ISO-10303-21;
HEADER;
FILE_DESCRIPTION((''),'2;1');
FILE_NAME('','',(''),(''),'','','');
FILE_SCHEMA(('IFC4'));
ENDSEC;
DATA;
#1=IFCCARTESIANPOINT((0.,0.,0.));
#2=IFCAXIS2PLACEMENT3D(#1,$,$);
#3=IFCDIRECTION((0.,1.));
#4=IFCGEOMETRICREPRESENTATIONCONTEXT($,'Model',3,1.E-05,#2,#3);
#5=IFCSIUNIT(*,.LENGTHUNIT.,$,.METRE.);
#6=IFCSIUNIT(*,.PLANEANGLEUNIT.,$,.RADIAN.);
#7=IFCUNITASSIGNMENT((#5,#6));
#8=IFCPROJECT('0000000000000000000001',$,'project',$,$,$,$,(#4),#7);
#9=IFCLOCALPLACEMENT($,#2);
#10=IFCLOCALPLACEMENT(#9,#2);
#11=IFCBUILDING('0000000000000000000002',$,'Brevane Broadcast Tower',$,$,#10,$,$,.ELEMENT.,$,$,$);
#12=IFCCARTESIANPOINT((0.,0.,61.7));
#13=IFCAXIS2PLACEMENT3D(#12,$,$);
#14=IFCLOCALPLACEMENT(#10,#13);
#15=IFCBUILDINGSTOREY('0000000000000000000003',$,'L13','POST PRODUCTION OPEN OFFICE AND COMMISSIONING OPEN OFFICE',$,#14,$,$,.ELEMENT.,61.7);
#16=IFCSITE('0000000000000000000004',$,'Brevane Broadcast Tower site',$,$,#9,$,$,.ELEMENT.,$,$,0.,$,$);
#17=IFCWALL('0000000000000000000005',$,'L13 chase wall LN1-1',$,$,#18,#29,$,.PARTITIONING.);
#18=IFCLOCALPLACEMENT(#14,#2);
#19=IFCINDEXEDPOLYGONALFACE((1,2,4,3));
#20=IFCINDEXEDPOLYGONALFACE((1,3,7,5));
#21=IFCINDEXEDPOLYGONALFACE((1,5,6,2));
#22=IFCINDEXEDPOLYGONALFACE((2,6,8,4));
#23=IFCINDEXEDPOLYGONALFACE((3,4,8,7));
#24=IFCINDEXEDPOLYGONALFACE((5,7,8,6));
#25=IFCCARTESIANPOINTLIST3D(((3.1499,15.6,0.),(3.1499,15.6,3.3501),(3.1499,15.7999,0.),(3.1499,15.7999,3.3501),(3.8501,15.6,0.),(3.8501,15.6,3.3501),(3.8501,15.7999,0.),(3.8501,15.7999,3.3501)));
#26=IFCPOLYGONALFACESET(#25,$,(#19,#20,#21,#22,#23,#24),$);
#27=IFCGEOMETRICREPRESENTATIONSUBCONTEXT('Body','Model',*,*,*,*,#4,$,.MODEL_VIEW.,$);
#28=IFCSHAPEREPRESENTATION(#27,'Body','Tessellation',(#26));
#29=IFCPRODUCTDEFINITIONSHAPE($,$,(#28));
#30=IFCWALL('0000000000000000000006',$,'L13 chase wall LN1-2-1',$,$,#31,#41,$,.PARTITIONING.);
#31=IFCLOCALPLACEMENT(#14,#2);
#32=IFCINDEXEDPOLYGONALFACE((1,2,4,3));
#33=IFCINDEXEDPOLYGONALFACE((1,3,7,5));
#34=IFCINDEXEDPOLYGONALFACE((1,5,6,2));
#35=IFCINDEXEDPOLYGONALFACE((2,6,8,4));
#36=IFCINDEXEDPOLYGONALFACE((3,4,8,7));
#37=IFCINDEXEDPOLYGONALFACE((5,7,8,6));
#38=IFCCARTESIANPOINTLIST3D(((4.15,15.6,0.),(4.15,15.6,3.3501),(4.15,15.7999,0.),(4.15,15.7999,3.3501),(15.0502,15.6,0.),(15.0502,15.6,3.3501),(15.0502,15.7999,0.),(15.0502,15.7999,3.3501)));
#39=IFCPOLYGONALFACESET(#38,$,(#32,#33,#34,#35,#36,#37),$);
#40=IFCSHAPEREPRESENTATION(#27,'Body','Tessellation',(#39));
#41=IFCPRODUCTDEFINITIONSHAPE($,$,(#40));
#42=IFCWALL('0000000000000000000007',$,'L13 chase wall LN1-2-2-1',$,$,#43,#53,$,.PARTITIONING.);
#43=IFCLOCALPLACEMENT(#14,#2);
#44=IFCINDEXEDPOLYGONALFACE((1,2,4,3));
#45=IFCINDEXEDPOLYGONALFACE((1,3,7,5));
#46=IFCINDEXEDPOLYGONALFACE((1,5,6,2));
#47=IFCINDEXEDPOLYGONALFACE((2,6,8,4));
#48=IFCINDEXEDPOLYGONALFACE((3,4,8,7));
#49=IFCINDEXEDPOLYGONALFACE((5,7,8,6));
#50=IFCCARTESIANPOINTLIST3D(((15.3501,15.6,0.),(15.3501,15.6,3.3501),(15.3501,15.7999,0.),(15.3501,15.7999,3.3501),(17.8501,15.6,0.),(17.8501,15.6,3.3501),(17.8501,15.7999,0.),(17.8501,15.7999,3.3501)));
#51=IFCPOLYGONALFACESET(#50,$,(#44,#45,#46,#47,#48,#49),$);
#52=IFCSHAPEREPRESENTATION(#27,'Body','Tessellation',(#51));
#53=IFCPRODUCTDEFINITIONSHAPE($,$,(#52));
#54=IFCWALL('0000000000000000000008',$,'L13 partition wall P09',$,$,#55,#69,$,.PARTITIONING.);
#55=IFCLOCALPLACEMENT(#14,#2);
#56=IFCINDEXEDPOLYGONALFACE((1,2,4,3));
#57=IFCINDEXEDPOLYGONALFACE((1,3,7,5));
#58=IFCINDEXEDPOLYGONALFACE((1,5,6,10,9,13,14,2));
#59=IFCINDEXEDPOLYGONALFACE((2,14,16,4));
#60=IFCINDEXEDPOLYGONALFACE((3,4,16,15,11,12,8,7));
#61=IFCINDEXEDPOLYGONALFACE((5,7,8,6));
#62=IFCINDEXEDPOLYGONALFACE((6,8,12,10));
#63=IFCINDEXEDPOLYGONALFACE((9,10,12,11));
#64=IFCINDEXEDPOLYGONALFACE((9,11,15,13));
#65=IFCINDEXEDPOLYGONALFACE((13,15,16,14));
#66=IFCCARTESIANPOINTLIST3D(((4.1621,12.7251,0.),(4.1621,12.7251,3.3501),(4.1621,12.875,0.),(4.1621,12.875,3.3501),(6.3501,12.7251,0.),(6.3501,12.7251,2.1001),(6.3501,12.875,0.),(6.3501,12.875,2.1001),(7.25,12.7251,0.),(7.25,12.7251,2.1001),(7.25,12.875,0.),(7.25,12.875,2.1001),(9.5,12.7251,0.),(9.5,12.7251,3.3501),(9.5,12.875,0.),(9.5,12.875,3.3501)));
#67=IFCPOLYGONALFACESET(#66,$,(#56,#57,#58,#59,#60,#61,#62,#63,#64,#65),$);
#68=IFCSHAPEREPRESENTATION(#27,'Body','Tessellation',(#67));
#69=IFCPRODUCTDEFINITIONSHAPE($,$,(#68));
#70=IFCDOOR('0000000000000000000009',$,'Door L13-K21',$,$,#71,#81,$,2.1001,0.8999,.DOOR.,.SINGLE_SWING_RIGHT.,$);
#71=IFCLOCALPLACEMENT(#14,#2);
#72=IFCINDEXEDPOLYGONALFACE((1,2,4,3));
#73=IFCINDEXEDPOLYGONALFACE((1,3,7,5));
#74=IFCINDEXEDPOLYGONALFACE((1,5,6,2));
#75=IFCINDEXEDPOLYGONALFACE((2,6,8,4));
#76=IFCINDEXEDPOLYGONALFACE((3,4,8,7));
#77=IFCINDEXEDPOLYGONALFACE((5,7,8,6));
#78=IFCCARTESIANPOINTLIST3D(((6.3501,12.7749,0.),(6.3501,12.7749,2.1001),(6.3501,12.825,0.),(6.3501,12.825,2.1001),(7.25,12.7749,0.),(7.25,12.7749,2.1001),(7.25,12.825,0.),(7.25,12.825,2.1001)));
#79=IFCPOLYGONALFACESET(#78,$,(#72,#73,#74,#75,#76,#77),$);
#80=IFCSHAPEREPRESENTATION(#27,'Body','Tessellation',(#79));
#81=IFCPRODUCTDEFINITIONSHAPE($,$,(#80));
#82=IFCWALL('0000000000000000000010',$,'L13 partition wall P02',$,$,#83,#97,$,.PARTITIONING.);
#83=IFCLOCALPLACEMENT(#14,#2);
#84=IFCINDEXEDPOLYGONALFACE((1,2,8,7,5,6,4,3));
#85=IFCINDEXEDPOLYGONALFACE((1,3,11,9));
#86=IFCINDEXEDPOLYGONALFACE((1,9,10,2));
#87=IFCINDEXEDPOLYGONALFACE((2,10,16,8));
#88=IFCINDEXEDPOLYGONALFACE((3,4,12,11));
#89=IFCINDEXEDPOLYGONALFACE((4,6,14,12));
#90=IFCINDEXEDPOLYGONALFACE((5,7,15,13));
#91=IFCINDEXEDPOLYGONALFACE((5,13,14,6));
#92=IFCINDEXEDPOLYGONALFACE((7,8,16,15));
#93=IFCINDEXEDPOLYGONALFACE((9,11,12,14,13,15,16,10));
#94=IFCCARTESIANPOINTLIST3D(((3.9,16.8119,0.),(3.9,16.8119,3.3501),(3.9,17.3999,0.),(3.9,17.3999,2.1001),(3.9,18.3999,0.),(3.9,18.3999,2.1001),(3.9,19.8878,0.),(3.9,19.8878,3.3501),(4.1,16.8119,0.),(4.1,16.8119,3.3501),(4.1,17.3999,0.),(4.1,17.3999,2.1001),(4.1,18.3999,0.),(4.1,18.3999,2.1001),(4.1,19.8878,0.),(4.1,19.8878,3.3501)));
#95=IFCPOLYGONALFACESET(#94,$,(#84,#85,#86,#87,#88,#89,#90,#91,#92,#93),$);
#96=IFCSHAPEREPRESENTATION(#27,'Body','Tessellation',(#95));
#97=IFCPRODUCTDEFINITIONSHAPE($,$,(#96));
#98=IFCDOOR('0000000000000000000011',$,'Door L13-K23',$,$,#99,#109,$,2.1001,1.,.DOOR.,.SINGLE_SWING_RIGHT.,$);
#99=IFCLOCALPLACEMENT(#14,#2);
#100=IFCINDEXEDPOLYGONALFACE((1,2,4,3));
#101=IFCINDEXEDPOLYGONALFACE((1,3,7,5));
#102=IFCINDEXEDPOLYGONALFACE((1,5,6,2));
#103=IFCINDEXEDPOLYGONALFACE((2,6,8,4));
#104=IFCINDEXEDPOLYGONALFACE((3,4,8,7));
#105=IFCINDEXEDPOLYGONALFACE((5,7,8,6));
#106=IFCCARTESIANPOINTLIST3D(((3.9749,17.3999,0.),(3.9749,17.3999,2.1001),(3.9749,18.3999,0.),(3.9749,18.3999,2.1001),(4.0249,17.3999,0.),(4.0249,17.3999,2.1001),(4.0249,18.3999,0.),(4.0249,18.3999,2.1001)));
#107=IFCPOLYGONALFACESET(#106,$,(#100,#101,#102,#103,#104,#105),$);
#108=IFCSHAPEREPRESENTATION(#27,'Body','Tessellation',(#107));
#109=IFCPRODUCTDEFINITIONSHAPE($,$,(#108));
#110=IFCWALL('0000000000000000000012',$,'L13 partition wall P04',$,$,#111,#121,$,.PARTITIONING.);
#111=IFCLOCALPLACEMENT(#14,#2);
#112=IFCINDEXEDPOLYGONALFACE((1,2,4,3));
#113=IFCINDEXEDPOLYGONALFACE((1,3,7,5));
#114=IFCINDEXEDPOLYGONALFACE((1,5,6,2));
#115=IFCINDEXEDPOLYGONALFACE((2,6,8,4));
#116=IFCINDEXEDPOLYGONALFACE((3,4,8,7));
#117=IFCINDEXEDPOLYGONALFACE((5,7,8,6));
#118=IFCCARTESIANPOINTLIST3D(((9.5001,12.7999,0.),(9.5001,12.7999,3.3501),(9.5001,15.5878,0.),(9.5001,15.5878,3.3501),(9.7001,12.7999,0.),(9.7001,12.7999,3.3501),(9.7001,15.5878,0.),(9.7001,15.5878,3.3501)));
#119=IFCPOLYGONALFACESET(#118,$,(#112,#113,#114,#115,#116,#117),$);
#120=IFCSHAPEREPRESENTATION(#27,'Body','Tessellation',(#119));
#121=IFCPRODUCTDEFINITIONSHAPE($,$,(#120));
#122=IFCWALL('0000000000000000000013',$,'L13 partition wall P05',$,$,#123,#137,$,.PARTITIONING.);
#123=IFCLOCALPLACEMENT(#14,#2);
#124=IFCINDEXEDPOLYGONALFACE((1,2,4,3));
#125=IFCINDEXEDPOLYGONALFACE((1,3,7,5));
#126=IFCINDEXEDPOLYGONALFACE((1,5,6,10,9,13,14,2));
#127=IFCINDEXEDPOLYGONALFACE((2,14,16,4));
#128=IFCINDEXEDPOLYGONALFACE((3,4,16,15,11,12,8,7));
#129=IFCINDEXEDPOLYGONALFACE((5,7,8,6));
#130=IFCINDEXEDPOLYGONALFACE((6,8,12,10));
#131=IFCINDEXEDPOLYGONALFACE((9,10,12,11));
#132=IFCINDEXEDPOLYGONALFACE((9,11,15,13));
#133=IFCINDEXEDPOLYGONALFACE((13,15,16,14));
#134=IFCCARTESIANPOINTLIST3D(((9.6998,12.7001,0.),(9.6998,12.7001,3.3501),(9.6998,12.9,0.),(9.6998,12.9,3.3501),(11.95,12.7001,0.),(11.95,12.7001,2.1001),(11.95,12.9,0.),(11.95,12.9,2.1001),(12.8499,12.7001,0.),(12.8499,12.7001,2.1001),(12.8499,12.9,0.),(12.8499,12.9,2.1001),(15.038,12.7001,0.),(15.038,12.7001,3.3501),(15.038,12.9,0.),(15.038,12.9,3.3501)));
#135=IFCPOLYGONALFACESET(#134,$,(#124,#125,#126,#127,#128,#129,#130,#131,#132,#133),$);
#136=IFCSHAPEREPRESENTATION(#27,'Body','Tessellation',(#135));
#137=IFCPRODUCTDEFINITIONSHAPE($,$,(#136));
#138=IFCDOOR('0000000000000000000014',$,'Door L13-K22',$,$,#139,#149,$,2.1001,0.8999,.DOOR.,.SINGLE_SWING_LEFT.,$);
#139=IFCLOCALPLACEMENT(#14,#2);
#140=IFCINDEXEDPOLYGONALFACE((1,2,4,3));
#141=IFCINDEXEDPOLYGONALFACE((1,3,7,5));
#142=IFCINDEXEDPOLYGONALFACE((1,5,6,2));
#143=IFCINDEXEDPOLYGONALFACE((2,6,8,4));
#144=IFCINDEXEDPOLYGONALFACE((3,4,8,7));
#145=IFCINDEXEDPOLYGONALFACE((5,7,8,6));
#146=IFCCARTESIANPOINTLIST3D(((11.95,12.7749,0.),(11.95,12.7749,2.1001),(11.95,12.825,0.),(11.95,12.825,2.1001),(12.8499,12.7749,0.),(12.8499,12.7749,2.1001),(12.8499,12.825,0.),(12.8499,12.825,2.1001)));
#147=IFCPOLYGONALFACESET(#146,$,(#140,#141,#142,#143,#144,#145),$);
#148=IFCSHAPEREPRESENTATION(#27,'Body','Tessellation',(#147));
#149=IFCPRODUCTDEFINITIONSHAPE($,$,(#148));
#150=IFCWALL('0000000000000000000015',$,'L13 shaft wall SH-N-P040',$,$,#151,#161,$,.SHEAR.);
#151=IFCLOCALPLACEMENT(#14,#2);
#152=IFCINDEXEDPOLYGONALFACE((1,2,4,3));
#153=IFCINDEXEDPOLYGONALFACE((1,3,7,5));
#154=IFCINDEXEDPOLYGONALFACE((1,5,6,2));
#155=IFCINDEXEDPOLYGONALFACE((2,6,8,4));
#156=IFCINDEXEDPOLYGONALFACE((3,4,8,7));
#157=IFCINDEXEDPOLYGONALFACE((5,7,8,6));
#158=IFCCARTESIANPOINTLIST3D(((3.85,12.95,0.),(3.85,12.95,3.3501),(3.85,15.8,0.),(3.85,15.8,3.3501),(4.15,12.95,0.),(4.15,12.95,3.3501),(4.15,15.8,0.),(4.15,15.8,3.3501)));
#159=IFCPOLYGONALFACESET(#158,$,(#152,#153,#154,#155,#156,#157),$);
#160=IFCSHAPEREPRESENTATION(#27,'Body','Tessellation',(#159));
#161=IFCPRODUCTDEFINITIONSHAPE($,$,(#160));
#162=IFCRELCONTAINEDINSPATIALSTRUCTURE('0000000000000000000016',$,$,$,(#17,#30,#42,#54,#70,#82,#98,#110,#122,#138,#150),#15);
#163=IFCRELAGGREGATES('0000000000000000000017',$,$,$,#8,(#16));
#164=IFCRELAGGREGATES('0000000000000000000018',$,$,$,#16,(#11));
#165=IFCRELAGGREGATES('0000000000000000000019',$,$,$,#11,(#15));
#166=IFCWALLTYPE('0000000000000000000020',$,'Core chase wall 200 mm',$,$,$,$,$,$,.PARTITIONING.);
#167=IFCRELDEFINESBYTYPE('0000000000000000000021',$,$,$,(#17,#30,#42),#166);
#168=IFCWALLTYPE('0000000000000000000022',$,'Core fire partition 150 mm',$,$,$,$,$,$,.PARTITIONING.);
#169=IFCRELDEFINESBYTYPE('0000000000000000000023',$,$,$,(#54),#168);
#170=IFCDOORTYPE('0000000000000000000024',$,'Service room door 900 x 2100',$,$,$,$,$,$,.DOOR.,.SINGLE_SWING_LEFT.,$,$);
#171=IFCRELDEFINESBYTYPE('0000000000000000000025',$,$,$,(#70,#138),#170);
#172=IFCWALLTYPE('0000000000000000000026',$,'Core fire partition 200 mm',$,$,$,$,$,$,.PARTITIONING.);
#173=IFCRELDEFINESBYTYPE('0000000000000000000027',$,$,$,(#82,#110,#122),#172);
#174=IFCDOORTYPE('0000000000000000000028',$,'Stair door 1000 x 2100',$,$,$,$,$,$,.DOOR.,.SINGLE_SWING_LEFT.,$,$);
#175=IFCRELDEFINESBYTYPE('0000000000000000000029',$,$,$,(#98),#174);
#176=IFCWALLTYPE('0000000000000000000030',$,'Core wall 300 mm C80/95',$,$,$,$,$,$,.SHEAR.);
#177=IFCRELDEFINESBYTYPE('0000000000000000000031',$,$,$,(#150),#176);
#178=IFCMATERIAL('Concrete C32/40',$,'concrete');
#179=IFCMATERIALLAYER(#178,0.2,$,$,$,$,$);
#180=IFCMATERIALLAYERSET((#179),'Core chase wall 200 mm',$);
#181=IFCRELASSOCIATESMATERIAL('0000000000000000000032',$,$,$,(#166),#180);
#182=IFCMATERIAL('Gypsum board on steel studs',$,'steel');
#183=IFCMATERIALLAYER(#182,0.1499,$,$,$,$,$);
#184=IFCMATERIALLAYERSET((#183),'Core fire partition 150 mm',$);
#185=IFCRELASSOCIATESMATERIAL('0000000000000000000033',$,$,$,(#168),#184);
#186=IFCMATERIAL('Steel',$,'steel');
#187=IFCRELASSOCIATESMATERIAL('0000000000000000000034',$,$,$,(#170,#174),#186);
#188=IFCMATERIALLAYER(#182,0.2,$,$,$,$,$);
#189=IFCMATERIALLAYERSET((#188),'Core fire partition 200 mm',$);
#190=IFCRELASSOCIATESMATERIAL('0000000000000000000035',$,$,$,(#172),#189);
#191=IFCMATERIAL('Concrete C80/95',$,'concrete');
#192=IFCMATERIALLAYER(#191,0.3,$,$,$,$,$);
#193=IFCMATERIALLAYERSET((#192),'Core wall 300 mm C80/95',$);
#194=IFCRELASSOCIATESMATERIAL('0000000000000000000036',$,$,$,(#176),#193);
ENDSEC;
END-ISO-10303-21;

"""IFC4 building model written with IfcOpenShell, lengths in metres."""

from ifc_helpers import new_model, si_unit, direction, frame, frame_2d, origin, place, context, subcontext, project, spatial, rectangle, extrude, material, layer, layer_set, type_object, element, fill, save


model = new_model("IFC4")

# Units and contexts
model_context = context("Model", 3, precision=1e-05, world=origin(), true_north=direction((0.0, 1.0)))
body_context = subcontext(model_context, "Body", "Model", "MODEL_VIEW")
ifc_project = project(units=[si_unit("LENGTHUNIT", "METRE"), si_unit("PLANEANGLEUNIT", "RADIAN")], contexts=[model_context])

# Site, building, storey
site_placement = place(None, origin())
site = spatial("IfcSite", under=ifc_project, at=site_placement, Name="Brevane Broadcast Tower site", CompositionType="ELEMENT", RefElevation=0.0)
building_placement = place(site_placement, origin())
building = spatial("IfcBuilding", under=site, at=building_placement, Name="Brevane Broadcast Tower", CompositionType="ELEMENT")
storey_placement = place(building_placement, frame((0.0, 0.0, 61.7)))
storey = spatial("IfcBuildingStorey", under=building, at=storey_placement, Name="L13", Description="POST PRODUCTION OPEN OFFICE AND COMMISSIONING OPEN OFFICE", CompositionType="ELEMENT", Elevation=61.7)

# Walls
ifc_material_1 = material(Name="Concrete C32/40", Category="concrete")
ifc_layer_1 = layer(ifc_material_1, 0.2)
ifc_layer_set_1 = layer_set([ifc_layer_1], Name="Core chase wall 200 mm")
wall_type_1 = type_object("IfcWallType", Name="Core chase wall 200 mm", PredefinedType="PARTITIONING", material=ifc_layer_set_1)
wall_1_placement = place(storey_placement, frame((3.1499, 15.7, 0.0), z_axis=(0.0, 0.0, 1.0), x_axis=(1.0, 0.0, 0.0)))
element("IfcWall", 1, at=wall_1_placement, inside=storey, type_object=wall_type_1, Name="L13 chase wall LN1-1", PredefinedType="PARTITIONING", context=body_context, shape_type="SweptSolid", body=[
    extrude(rectangle(XDim=0.7002, YDim=0.2, at=frame_2d((0.3501, 0.0))), origin(), (0.0, 0.0, 1.0), 3.3501),
])
wall_2_placement = place(storey_placement, frame((4.1499, 15.7, 0.0), z_axis=(0.0, 0.0, 1.0), x_axis=(1.0, 0.0, 0.0)))
element("IfcWall", 2, at=wall_2_placement, inside=storey, type_object=wall_type_1, Name="L13 chase wall LN1-2-1", PredefinedType="PARTITIONING", context=body_context, shape_type="SweptSolid", body=[
    extrude(rectangle(XDim=10.9001, YDim=0.2, at=frame_2d((5.4502, 0.0))), origin(), (0.0, 0.0, 1.0), 3.3501),
])
wall_3_placement = place(storey_placement, frame((15.3501, 15.7, 0.0), z_axis=(0.0, 0.0, 1.0), x_axis=(1.0, 0.0, 0.0)))
element("IfcWall", 3, at=wall_3_placement, inside=storey, type_object=wall_type_1, Name="L13 chase wall LN1-2-2-1", PredefinedType="PARTITIONING", context=body_context, shape_type="SweptSolid", body=[
    extrude(rectangle(XDim=2.5, YDim=0.2, at=frame_2d((1.25, 0.0))), origin(), (0.0, 0.0, 1.0), 3.3501),
])

# Walls, openings, doors
ifc_material_2 = material(Name="Gypsum board on steel studs", Category="steel")
ifc_layer_2 = layer(ifc_material_2, 0.1499)
ifc_layer_set_2 = layer_set([ifc_layer_2], Name="Core fire partition 150 mm")
wall_type_2 = type_object("IfcWallType", Name="Core fire partition 150 mm", PredefinedType="PARTITIONING", material=ifc_layer_set_2)
wall_4_placement = place(storey_placement, frame((4.1621, 12.8, 0.0), z_axis=(0.0, 0.0, 1.0), x_axis=(1.0, 0.0, 0.0)))
wall_4 = element("IfcWall", 4, at=wall_4_placement, inside=storey, type_object=wall_type_2, Name="L13 partition wall P09", PredefinedType="PARTITIONING", context=body_context, shape_type="SweptSolid", body=[
    extrude(rectangle(XDim=5.3379, YDim=0.1499, at=frame_2d((2.6689, 0.0))), origin(), (0.0, 0.0, 1.0), 3.3501),
])
opening_1_placement = place(wall_4_placement, frame((2.188, 0.0, 0.0)))
opening_1 = element("IfcOpeningElement", 5, at=opening_1_placement, cuts=wall_4, PredefinedType="OPENING", context=body_context, shape_type="SweptSolid", body=[
    extrude(rectangle(XDim=0.8999, YDim=2.1001, at=frame_2d((0.45, 1.05))), frame((0.0, 0.085, 0.0), z_axis=(0.0, -1.0, 0.0), x_axis=(1.0, 0.0, 0.0)), (0.0, 0.0, 1.0), 0.1699),
])
ifc_material_3 = material(Name="Steel", Category="steel")
door_type_1 = type_object("IfcDoorType", Name="Service room door 900 x 2100", OperationType="SINGLE_SWING_LEFT", PredefinedType="DOOR", material=ifc_material_3)
door_1_placement = place(opening_1_placement, origin())
door_1 = element("IfcDoor", 6, at=door_1_placement, inside=storey, type_object=door_type_1, Name="Door L13-K21", OperationType="SINGLE_SWING_RIGHT", OverallHeight=2.1001, OverallWidth=0.8999, PredefinedType="DOOR", context=body_context, shape_type="SweptSolid", body=[
    extrude(rectangle(XDim=0.8999, YDim=2.1001, at=frame_2d((0.45, 1.05))), frame((0.0, 0.0249, 0.0), z_axis=(0.0, -1.0, 0.0), x_axis=(1.0, 0.0, 0.0)), (0.0, 0.0, 1.0), 0.05),
])
fill(opening_1, door_1)
ifc_layer_3 = layer(ifc_material_2, 0.2)
ifc_layer_set_3 = layer_set([ifc_layer_3], Name="Core fire partition 200 mm")
wall_type_3 = type_object("IfcWallType", Name="Core fire partition 200 mm", PredefinedType="PARTITIONING", material=ifc_layer_set_3)
wall_5_placement = place(storey_placement, frame((4.0, 19.8879, 0.0), z_axis=(0.0, 0.0, 1.0), x_axis=(0.0, -1.0, 0.0)))
wall_5 = element("IfcWall", 7, at=wall_5_placement, inside=storey, type_object=wall_type_3, Name="L13 partition wall P02", PredefinedType="PARTITIONING", context=body_context, shape_type="SweptSolid", body=[
    extrude(rectangle(XDim=3.0759, YDim=0.2, at=frame_2d((1.5381, 0.0))), origin(), (0.0, 0.0, 1.0), 3.3501),
])
opening_2_placement = place(wall_5_placement, frame((1.488, 0.0, 0.0)))
opening_2 = element("IfcOpeningElement", 8, at=opening_2_placement, cuts=wall_5, PredefinedType="OPENING", context=body_context, shape_type="SweptSolid", body=[
    extrude(rectangle(XDim=1.0, YDim=2.1001, at=frame_2d((0.5, 1.05))), frame((0.0, 0.1099, 0.0), z_axis=(0.0, -1.0, 0.0), x_axis=(1.0, 0.0, 0.0)), (0.0, 0.0, 1.0), 0.22),
])
door_type_2 = type_object("IfcDoorType", Name="Stair door 1000 x 2100", OperationType="SINGLE_SWING_LEFT", PredefinedType="DOOR", material=ifc_material_3)
door_2_placement = place(opening_2_placement, origin())
door_2 = element("IfcDoor", 9, at=door_2_placement, inside=storey, type_object=door_type_2, Name="Door L13-K23", OperationType="SINGLE_SWING_RIGHT", OverallHeight=2.1001, OverallWidth=1.0, PredefinedType="DOOR", context=body_context, shape_type="SweptSolid", body=[
    extrude(rectangle(XDim=1.0, YDim=2.1001, at=frame_2d((0.5, 1.05))), frame((0.0, 0.0249, 0.0), z_axis=(0.0, -1.0, 0.0), x_axis=(1.0, 0.0, 0.0)), (0.0, 0.0, 1.0), 0.05),
])
fill(opening_2, door_2)

# Wall
wall_6_placement = place(storey_placement, frame((9.6001, 15.5879, 0.0), z_axis=(0.0, 0.0, 1.0), x_axis=(0.0, -1.0, 0.0)))
element("IfcWall", 10, at=wall_6_placement, inside=storey, type_object=wall_type_3, Name="L13 partition wall P04", PredefinedType="PARTITIONING", context=body_context, shape_type="SweptSolid", body=[
    extrude(rectangle(XDim=2.7878, YDim=0.2, at=frame_2d((1.394, 0.0))), origin(), (0.0, 0.0, 1.0), 3.3501),
])

# Wall, opening, door
wall_7_placement = place(storey_placement, frame((9.7, 12.8, 0.0), z_axis=(0.0, 0.0, 1.0), x_axis=(1.0, 0.0, 0.0)))
wall_7 = element("IfcWall", 11, at=wall_7_placement, inside=storey, type_object=wall_type_3, Name="L13 partition wall P05", PredefinedType="PARTITIONING", context=body_context, shape_type="SweptSolid", body=[
    extrude(rectangle(XDim=5.3381, YDim=0.2, at=frame_2d((2.6689, 0.0))), origin(), (0.0, 0.0, 1.0), 3.3501),
])
opening_3_placement = place(wall_7_placement, frame((2.25, 0.0, 0.0)))
opening_3 = element("IfcOpeningElement", 12, at=opening_3_placement, cuts=wall_7, PredefinedType="OPENING", context=body_context, shape_type="SweptSolid", body=[
    extrude(rectangle(XDim=0.8999, YDim=2.1001, at=frame_2d((0.45, 1.05))), frame((0.0, 0.1099, 0.0), z_axis=(0.0, -1.0, 0.0), x_axis=(1.0, 0.0, 0.0)), (0.0, 0.0, 1.0), 0.22),
])
door_3_placement = place(opening_3_placement, origin())
door_3 = element("IfcDoor", 13, at=door_3_placement, inside=storey, type_object=door_type_1, Name="Door L13-K22", OperationType="SINGLE_SWING_LEFT", OverallHeight=2.1001, OverallWidth=0.8999, PredefinedType="DOOR", context=body_context, shape_type="SweptSolid", body=[
    extrude(rectangle(XDim=0.8999, YDim=2.1001, at=frame_2d((0.45, 1.05))), frame((0.0, 0.0249, 0.0), z_axis=(0.0, -1.0, 0.0), x_axis=(1.0, 0.0, 0.0)), (0.0, 0.0, 1.0), 0.05),
])
fill(opening_3, door_3)

# Wall
ifc_material_4 = material(Name="Concrete C80/95", Category="concrete")
ifc_layer_4 = layer(ifc_material_4, 0.3)
ifc_layer_set_4 = layer_set([ifc_layer_4], Name="Core wall 300 mm C80/95")
wall_type_4 = type_object("IfcWallType", Name="Core wall 300 mm C80/95", PredefinedType="SHEAR", material=ifc_layer_set_4)
wall_8_placement = place(storey_placement, frame((4.0, 12.95, 0.0), z_axis=(0.0, 0.0, 1.0), x_axis=(0.0, 1.0, 0.0)))
element("IfcWall", 14, at=wall_8_placement, inside=storey, type_object=wall_type_4, Name="L13 shaft wall SH-N-P040", PredefinedType="SHEAR", context=body_context, shape_type="SweptSolid", body=[
    extrude(rectangle(XDim=2.8501, YDim=0.3, at=frame_2d((1.425, 0.0))), origin(), (0.0, 0.0, 1.0), 3.3501),
])

save(model, "model.ifc")
